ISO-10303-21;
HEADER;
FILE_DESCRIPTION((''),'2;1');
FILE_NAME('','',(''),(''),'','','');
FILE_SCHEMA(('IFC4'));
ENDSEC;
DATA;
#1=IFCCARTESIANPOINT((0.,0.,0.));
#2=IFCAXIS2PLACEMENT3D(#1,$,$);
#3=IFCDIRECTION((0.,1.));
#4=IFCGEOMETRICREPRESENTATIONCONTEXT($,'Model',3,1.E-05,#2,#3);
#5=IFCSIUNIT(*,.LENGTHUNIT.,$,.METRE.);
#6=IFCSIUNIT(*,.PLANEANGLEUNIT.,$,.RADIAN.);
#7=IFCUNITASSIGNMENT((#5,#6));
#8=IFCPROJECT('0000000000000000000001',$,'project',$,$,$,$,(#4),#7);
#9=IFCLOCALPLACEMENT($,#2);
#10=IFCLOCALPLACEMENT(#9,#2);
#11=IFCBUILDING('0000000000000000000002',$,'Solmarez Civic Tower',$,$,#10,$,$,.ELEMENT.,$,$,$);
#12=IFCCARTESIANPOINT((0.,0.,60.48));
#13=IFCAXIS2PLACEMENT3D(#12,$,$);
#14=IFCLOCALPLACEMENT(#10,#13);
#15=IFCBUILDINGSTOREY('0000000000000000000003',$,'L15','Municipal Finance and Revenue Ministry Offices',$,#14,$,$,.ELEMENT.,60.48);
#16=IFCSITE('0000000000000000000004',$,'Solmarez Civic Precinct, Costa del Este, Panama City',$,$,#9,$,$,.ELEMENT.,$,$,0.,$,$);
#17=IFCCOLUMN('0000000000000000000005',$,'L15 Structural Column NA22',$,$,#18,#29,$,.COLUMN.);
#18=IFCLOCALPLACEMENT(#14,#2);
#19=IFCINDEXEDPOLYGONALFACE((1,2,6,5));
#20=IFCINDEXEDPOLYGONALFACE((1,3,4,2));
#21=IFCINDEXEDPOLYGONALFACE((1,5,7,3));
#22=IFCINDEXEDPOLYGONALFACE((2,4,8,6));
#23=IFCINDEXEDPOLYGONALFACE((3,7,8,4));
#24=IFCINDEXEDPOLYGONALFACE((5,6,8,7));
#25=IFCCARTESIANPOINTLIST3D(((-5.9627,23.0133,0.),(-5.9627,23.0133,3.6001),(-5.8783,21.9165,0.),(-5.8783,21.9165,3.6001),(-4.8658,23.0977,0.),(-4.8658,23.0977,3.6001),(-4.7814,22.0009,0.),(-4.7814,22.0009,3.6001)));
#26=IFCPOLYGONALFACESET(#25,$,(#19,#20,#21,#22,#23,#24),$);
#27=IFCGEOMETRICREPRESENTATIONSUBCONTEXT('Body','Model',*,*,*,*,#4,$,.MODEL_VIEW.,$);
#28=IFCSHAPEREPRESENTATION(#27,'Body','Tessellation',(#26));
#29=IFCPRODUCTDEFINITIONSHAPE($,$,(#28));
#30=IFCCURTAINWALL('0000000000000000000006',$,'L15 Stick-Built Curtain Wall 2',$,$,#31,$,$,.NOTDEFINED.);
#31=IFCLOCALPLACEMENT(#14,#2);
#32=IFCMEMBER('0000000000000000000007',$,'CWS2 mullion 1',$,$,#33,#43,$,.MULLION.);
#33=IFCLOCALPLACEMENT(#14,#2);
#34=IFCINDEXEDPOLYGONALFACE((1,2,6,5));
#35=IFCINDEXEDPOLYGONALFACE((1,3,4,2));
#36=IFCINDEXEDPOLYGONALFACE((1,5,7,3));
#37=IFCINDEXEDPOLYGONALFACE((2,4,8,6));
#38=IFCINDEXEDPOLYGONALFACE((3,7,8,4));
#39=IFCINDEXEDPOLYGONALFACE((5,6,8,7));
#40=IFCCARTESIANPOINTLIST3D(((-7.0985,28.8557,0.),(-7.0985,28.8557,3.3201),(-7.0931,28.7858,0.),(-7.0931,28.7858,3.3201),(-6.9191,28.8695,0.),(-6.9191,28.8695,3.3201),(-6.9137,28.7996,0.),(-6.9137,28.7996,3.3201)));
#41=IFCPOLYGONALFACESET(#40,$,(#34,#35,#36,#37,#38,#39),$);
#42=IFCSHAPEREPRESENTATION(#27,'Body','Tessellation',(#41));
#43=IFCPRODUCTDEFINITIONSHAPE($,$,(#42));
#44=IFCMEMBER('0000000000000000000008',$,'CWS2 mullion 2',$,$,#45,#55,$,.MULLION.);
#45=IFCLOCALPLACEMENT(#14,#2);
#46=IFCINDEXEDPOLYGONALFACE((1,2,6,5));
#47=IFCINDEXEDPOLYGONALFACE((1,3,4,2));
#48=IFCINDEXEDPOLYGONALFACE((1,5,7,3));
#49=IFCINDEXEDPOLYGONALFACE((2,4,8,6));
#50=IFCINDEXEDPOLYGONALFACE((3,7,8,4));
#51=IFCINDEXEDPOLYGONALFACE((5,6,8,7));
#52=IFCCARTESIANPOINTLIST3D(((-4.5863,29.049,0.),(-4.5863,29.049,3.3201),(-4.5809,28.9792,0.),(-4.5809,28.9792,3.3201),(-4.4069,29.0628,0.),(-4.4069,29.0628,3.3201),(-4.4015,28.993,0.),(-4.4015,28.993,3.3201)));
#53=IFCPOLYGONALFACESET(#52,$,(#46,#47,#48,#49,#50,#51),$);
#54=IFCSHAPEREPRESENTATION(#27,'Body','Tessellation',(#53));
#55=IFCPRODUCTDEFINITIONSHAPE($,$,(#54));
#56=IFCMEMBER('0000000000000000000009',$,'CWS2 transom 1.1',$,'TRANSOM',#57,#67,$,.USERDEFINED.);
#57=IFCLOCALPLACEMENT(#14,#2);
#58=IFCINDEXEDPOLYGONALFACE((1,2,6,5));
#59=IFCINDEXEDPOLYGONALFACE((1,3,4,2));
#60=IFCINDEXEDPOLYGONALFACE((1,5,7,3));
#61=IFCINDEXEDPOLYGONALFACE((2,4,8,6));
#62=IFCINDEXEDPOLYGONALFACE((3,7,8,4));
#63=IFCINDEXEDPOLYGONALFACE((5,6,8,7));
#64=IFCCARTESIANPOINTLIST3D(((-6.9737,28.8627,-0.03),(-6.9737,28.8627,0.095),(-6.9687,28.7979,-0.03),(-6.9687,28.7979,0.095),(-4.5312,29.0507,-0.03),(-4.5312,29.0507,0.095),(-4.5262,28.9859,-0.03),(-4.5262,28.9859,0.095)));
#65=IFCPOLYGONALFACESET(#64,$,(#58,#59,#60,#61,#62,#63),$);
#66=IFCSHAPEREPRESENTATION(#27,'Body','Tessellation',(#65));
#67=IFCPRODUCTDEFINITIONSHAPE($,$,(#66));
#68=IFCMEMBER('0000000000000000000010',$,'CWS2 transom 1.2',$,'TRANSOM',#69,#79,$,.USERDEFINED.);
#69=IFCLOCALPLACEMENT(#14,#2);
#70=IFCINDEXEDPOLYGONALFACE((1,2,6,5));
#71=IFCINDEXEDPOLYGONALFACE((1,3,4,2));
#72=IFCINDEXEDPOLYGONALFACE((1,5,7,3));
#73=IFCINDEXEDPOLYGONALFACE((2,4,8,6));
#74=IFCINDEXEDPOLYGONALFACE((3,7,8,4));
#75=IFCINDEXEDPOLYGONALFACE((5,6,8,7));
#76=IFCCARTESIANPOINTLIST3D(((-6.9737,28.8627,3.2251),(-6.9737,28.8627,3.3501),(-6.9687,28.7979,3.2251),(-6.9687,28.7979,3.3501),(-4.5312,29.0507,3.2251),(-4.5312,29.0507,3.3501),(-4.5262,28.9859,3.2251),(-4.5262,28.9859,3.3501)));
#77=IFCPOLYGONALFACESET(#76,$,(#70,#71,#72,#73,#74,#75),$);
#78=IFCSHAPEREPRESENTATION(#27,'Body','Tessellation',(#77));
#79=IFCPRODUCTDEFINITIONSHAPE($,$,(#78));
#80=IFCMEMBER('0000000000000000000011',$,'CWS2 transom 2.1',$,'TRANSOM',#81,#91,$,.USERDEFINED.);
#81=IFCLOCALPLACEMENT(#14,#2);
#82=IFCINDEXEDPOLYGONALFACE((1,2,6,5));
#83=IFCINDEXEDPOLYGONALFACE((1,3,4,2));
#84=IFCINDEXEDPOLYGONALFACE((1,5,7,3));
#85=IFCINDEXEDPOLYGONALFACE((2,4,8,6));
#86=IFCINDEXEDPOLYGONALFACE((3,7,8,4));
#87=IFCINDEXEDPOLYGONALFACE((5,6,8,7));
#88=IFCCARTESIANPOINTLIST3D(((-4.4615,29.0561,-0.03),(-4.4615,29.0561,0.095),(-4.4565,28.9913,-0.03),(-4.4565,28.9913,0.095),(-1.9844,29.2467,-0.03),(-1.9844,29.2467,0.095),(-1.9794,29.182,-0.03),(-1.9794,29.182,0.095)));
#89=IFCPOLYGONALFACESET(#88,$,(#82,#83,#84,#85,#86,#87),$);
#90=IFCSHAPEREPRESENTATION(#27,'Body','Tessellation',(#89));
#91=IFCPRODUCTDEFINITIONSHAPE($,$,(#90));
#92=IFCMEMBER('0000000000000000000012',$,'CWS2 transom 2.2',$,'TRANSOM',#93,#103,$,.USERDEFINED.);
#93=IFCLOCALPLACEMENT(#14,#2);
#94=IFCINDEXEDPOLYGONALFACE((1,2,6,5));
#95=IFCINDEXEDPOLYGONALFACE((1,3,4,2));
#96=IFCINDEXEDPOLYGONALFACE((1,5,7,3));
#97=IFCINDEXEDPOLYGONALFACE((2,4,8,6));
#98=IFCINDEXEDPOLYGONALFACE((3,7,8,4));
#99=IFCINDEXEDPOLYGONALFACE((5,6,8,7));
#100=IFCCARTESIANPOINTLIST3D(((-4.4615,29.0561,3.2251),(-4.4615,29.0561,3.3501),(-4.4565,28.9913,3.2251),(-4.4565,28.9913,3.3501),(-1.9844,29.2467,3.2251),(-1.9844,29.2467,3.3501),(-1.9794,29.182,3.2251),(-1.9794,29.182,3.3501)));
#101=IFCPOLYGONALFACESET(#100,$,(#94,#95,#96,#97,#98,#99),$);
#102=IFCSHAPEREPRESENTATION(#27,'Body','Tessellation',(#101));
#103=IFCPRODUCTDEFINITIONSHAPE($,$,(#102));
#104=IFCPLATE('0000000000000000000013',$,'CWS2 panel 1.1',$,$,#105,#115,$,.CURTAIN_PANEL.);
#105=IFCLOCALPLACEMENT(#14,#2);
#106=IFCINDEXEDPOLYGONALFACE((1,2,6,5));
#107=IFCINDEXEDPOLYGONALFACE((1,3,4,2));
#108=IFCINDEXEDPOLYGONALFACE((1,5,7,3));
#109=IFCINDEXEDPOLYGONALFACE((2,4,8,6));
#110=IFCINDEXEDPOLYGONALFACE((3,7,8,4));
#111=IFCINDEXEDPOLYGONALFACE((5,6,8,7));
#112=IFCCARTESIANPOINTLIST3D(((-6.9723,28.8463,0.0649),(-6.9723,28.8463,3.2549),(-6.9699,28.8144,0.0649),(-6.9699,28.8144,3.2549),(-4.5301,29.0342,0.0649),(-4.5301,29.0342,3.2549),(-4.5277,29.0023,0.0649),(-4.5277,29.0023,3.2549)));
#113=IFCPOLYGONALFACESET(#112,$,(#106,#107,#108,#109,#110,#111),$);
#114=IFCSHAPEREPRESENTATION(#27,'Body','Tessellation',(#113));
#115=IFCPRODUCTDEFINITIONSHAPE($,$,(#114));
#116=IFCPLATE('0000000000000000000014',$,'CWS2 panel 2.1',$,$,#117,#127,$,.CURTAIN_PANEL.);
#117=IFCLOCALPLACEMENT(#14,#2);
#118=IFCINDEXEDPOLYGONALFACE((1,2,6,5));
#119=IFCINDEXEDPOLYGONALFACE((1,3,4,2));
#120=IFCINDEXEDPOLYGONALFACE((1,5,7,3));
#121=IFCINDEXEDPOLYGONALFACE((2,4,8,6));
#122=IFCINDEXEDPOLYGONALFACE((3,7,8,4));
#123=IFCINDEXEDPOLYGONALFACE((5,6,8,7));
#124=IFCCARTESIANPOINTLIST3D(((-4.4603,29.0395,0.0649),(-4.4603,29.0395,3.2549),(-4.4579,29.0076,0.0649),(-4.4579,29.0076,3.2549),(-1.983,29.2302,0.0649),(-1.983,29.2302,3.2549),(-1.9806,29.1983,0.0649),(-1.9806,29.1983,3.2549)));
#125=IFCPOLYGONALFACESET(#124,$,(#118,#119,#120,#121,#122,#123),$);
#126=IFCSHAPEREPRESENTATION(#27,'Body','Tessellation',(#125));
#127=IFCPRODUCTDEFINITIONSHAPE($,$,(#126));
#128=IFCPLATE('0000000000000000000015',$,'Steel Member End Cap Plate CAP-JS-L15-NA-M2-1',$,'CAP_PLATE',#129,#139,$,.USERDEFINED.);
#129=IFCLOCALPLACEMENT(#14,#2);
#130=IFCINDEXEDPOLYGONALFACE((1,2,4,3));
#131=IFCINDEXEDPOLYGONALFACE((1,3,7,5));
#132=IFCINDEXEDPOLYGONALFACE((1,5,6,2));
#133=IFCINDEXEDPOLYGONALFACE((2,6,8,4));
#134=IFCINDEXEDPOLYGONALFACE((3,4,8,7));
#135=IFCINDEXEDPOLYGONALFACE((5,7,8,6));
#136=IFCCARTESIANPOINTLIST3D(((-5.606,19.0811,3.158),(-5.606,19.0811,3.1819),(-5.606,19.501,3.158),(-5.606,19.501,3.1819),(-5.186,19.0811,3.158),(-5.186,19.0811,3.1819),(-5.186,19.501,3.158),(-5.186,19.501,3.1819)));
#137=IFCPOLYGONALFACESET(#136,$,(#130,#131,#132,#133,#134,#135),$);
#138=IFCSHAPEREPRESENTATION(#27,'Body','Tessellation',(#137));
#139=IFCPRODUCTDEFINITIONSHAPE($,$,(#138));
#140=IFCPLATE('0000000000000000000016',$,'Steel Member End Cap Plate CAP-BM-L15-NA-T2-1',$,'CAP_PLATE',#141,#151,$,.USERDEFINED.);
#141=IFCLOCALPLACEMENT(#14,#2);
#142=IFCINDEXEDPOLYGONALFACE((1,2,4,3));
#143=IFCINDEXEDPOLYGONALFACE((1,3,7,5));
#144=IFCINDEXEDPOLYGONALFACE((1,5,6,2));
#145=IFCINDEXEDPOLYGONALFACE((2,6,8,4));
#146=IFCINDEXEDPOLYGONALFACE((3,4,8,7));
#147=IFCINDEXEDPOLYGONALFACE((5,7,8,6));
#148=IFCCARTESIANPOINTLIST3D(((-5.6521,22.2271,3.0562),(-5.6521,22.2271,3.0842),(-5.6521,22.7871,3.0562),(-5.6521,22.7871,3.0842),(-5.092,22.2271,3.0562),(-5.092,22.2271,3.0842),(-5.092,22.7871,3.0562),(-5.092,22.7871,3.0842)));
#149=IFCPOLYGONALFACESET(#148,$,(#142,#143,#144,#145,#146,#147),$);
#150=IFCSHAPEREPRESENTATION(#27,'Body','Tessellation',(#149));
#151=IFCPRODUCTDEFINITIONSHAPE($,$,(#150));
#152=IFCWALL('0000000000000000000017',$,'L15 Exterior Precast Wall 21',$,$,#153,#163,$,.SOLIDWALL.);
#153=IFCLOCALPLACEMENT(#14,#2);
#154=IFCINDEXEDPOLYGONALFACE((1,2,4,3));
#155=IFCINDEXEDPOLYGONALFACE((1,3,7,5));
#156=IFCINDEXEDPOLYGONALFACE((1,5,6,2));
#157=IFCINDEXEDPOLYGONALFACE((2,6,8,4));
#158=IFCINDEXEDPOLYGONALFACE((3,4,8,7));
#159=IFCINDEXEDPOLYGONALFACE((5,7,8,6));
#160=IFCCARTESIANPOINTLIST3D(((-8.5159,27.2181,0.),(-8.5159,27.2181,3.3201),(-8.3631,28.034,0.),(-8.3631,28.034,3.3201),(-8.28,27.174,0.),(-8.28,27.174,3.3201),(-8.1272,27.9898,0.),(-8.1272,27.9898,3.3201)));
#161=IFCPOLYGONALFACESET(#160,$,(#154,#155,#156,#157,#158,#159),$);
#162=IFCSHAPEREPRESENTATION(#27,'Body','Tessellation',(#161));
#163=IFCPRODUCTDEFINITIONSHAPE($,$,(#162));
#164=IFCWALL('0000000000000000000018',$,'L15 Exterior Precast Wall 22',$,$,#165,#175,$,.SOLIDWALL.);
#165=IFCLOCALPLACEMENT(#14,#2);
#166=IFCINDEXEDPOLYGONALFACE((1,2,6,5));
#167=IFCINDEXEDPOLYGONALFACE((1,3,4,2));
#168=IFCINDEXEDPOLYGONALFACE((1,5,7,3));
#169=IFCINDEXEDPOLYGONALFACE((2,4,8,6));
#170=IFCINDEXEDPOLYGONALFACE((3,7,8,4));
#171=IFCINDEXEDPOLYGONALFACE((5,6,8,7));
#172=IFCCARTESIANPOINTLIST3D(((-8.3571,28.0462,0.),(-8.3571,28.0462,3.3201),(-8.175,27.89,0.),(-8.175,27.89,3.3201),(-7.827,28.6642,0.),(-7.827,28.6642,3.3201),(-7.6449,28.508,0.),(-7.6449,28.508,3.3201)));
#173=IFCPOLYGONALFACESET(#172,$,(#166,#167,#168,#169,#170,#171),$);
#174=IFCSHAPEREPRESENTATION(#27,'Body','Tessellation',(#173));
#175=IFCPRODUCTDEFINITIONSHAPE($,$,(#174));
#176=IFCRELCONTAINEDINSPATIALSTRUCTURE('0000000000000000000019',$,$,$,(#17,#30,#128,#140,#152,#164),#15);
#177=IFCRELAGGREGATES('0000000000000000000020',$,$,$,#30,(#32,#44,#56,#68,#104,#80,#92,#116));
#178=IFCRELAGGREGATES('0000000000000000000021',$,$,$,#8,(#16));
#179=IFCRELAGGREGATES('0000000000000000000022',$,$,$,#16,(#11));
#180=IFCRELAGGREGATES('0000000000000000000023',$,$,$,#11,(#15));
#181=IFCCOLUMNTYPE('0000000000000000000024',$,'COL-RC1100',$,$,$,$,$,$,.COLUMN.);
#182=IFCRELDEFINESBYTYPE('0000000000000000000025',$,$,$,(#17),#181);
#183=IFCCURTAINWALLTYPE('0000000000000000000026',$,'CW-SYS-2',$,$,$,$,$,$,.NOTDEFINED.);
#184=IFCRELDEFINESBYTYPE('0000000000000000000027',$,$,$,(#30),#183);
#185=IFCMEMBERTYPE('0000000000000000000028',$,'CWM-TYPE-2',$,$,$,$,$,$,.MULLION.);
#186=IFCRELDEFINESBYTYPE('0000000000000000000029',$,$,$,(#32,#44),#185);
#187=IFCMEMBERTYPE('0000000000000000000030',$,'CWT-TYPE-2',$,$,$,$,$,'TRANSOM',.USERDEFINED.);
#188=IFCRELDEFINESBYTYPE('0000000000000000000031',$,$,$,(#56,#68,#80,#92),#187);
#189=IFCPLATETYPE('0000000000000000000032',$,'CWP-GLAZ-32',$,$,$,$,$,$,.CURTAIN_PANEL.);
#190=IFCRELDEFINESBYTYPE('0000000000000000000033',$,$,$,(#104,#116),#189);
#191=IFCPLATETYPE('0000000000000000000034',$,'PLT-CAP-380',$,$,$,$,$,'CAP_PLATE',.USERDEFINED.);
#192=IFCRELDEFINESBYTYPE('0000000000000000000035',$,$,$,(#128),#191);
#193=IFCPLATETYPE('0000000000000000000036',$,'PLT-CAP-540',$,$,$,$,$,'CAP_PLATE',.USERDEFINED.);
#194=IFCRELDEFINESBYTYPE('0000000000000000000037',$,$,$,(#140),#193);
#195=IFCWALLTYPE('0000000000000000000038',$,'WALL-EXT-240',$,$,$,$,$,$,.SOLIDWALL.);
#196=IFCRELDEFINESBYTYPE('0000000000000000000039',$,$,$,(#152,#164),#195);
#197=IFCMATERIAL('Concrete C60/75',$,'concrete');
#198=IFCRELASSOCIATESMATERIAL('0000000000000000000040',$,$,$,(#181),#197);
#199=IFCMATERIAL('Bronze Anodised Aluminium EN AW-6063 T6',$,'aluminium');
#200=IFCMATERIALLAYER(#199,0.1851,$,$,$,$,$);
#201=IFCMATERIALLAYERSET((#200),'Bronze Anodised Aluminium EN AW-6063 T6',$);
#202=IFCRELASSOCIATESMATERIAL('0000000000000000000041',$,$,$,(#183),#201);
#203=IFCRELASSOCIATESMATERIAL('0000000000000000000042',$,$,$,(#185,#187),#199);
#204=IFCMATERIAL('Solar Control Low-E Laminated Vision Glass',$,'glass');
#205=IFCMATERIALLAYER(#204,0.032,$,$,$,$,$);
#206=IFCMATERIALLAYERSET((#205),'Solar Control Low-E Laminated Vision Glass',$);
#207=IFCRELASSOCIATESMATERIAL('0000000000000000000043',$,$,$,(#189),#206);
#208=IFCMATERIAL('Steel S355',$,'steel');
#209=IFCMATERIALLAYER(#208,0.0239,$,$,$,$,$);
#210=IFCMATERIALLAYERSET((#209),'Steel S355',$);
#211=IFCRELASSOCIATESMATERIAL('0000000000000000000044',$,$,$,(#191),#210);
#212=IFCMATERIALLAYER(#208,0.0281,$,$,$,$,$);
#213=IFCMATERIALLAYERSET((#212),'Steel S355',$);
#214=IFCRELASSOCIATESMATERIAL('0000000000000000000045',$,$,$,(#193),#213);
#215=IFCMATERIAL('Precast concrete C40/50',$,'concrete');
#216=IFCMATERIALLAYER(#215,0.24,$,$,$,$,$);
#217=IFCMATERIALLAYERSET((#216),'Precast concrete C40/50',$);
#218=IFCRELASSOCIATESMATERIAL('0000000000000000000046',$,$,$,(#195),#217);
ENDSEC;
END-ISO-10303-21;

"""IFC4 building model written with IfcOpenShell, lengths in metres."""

from ifc_helpers import new_model, si_unit, direction, frame, frame_2d, origin, origin_2d, place, context, subcontext, project, spatial, rectangle, extrude, material, layer, layer_set, material_profile, profile_set, type_object, element, aggregate, save


model = new_model("IFC4")

# Units and contexts
model_context = context("Model", 3, precision=1e-05, world=origin(), true_north=direction((0.0, 1.0)))
body_context = subcontext(model_context, "Body", "Model", "MODEL_VIEW")
ifc_project = project(units=[si_unit("LENGTHUNIT", "METRE"), si_unit("PLANEANGLEUNIT", "RADIAN")], contexts=[model_context])

# Site, building, storey
site_placement = place(None, origin())
site = spatial("IfcSite", under=ifc_project, at=site_placement, Name="Solmarez Civic Precinct, Costa del Este, Panama City", CompositionType="ELEMENT", RefElevation=0.0)
building_placement = place(site_placement, origin())
building = spatial("IfcBuilding", under=site, at=building_placement, Name="Solmarez Civic Tower", CompositionType="ELEMENT")
storey_placement = place(building_placement, frame((0.0, 0.0, 60.48)))
storey = spatial("IfcBuildingStorey", under=building, at=storey_placement, Name="L15", Description="Municipal Finance and Revenue Ministry Offices", CompositionType="ELEMENT", Elevation=60.48)

# Column
ifc_material_1 = material(Name="Concrete C60/75", Category="concrete")
ifc_material_profile_1 = material_profile(ifc_material_1, rectangle(XDim=1.1001, YDim=1.1001, at=origin_2d()), Name="RC1100X1100")
ifc_profile_set_1 = profile_set([ifc_material_profile_1], Name="Concrete C60/75")
column_type = type_object("IfcColumnType", Name="COL-RC1100", PredefinedType="COLUMN", material=ifc_profile_set_1)
column_placement = place(storey_placement, frame((-5.3721, 22.5071, 0.0), z_axis=(0.0, 0.0, 1.0), x_axis=(0.997053, 0.076719, 0.0)))
element("IfcColumn", 1, at=column_placement, inside=storey, type_object=column_type, Name="L15 Structural Column NA22", PredefinedType="COLUMN", context=body_context, shape_type="SweptSolid", body=[
    extrude(rectangle(XDim=1.1001, YDim=1.1001, at=origin_2d()), origin(), (0.0, 0.0, 1.0), 3.6001),
])

# Curtain wall, members, plates
ifc_material_2 = material(Name="Bronze Anodised Aluminium EN AW-6063 T6", Category="aluminium")
ifc_layer_1 = layer(ifc_material_2, 0.1851)
ifc_layer_set_1 = layer_set([ifc_layer_1], Name="Bronze Anodised Aluminium EN AW-6063 T6")
curtain_wall_type = type_object("IfcCurtainWallType", Name="CW-SYS-2", PredefinedType="NOTDEFINED", material=ifc_layer_set_1)
curtain_wall_placement = place(storey_placement, origin())
curtain_wall = element("IfcCurtainWall", 2, at=curtain_wall_placement, inside=storey, type_object=curtain_wall_type, Name="L15 Stick-Built Curtain Wall 2", PredefinedType="NOTDEFINED")
ifc_material_profile_2 = material_profile(ifc_material_2, rectangle(XDim=0.0701, YDim=0.1799, at=origin_2d()), Name="CWM-70X180")
ifc_profile_set_2 = profile_set([ifc_material_profile_2], Name="Bronze Anodised Aluminium EN AW-6063 T6")
member_type_1 = type_object("IfcMemberType", Name="CWM-TYPE-2", PredefinedType="MULLION", material=ifc_profile_set_2)
member_1_placement = place(storey_placement, frame((-7.0061, 28.8276, 0.0), z_axis=(0.0, 0.0, 1.0), x_axis=(-0.076726, 0.997052, 0.0)))
member_1 = element("IfcMember", 3, at=member_1_placement, type_object=member_type_1, Name="CWS2 mullion 1", PredefinedType="MULLION", context=body_context, shape_type="SweptSolid", body=[
    extrude(rectangle(XDim=0.0701, YDim=0.1799, at=origin_2d()), origin(), (0.0, 0.0, 1.0), 3.3201),
])
member_2_placement = place(storey_placement, frame((-4.4939, 29.021, 0.0), z_axis=(0.0, 0.0, 1.0), x_axis=(-0.076726, 0.997052, 0.0)))
member_2 = element("IfcMember", 4, at=member_2_placement, type_object=member_type_1, Name="CWS2 mullion 2", PredefinedType="MULLION", context=body_context, shape_type="SweptSolid", body=[
    extrude(rectangle(XDim=0.0701, YDim=0.1799, at=origin_2d()), origin(), (0.0, 0.0, 1.0), 3.3201),
])
ifc_material_profile_3 = material_profile(ifc_material_2, rectangle(XDim=0.0649, YDim=0.125, at=origin_2d()), Name="CWT-65X125")
ifc_profile_set_3 = profile_set([ifc_material_profile_3], Name="Bronze Anodised Aluminium EN AW-6063 T6")
member_type_2 = type_object("IfcMemberType", Name="CWT-TYPE-2", ElementType="TRANSOM", PredefinedType="USERDEFINED", material=ifc_profile_set_3)
member_3_placement = place(storey_placement, frame((-6.9712, 28.8303, 0.0325), z_axis=(0.997051, 0.076742, 0.0), x_axis=(-0.076742, 0.997051, 0.0)))
member_3 = element("IfcMember", 5, at=member_3_placement, type_object=member_type_2, Name="CWS2 transom 1.1", ObjectType="TRANSOM", PredefinedType="USERDEFINED", context=body_context, shape_type="SweptSolid", body=[
    extrude(rectangle(XDim=0.0649, YDim=0.125, at=origin_2d()), origin(), (0.0, 0.0, 1.0), 2.4497),
])
member_4_placement = place(storey_placement, frame((-6.9712, 28.8303, 3.2876), z_axis=(0.997051, 0.076742, 0.0), x_axis=(-0.076742, 0.997051, 0.0)))
member_4 = element("IfcMember", 6, at=member_4_placement, type_object=member_type_2, Name="CWS2 transom 1.2", ObjectType="TRANSOM", PredefinedType="USERDEFINED", context=body_context, shape_type="SweptSolid", body=[
    extrude(rectangle(XDim=0.0649, YDim=0.125, at=origin_2d()), origin(), (0.0, 0.0, 1.0), 2.4497),
])
member_5_placement = place(storey_placement, frame((-4.459, 29.0237, 0.0325), z_axis=(0.99705, 0.076749, 0.0), x_axis=(-0.076749, 0.99705, 0.0)))
member_5 = element("IfcMember", 7, at=member_5_placement, type_object=member_type_2, Name="CWS2 transom 2.1", ObjectType="TRANSOM", PredefinedType="USERDEFINED", context=body_context, shape_type="SweptSolid", body=[
    extrude(rectangle(XDim=0.0649, YDim=0.125, at=origin_2d()), origin(), (0.0, 0.0, 1.0), 2.4844),
])
member_6_placement = place(storey_placement, frame((-4.459, 29.0237, 3.2876), z_axis=(0.99705, 0.076749, 0.0), x_axis=(-0.076749, 0.99705, 0.0)))
member_6 = element("IfcMember", 8, at=member_6_placement, type_object=member_type_2, Name="CWS2 transom 2.2", ObjectType="TRANSOM", PredefinedType="USERDEFINED", context=body_context, shape_type="SweptSolid", body=[
    extrude(rectangle(XDim=0.0649, YDim=0.125, at=origin_2d()), origin(), (0.0, 0.0, 1.0), 2.4844),
])
ifc_material_3 = material(Name="Solar Control Low-E Laminated Vision Glass", Category="glass")
ifc_layer_2 = layer(ifc_material_3, 0.032)
ifc_layer_set_2 = layer_set([ifc_layer_2], Name="Solar Control Low-E Laminated Vision Glass")
plate_type_1 = type_object("IfcPlateType", Name="CWP-GLAZ-32", PredefinedType="CURTAIN_PANEL", material=ifc_layer_set_2)
plate_1_placement = place(storey_placement, frame((-5.75, 28.9243, 0.0649), z_axis=(0.0, 0.0, 1.0), x_axis=(0.997052, 0.076726, 0.0)))
plate_1 = element("IfcPlate", 9, at=plate_1_placement, type_object=plate_type_1, Name="CWS2 panel 1.1", PredefinedType="CURTAIN_PANEL", context=body_context, shape_type="SweptSolid", body=[
    extrude(rectangle(XDim=2.4495, YDim=0.032, at=origin_2d()), origin(), (0.0, 0.0, 1.0), 3.1899),
])
plate_2_placement = place(storey_placement, frame((-3.2205, 29.1189, 0.0649), z_axis=(0.0, 0.0, 1.0), x_axis=(0.997052, 0.076726, 0.0)))
plate_2 = element("IfcPlate", 10, at=plate_2_placement, type_object=plate_type_1, Name="CWS2 panel 2.1", PredefinedType="CURTAIN_PANEL", context=body_context, shape_type="SweptSolid", body=[
    extrude(rectangle(XDim=2.4846, YDim=0.032, at=origin_2d()), origin(), (0.0, 0.0, 1.0), 3.1899),
])
aggregate(curtain_wall, [member_1, member_2, member_3, member_4, plate_1, member_5, member_6, plate_2])

# Plates
ifc_material_4 = material(Name="Steel S355", Category="steel")
ifc_layer_3 = layer(ifc_material_4, 0.0239)
ifc_layer_set_3 = layer_set([ifc_layer_3], Name="Steel S355")
plate_type_2 = type_object("IfcPlateType", Name="PLT-CAP-380", ElementType="CAP_PLATE", PredefinedType="USERDEFINED", material=ifc_layer_set_3)
plate_3_placement = place(storey_placement, frame((-5.396, 19.291, 3.158), z_axis=(0.0, 0.0, 1.0), x_axis=(1.0, 0.0, 0.0)))
element("IfcPlate", 11, at=plate_3_placement, inside=storey, type_object=plate_type_2, Name="Steel Member End Cap Plate CAP-JS-L15-NA-M2-1", ObjectType="CAP_PLATE", PredefinedType="USERDEFINED", context=body_context, shape_type="SweptSolid", body=[
    extrude(rectangle(XDim=0.4199, YDim=0.4199, at=origin_2d()), origin(), (0.0, 0.0, 1.0), 0.0239),
])
ifc_layer_4 = layer(ifc_material_4, 0.0281)
ifc_layer_set_4 = layer_set([ifc_layer_4], Name="Steel S355")
plate_type_3 = type_object("IfcPlateType", Name="PLT-CAP-540", ElementType="CAP_PLATE", PredefinedType="USERDEFINED", material=ifc_layer_set_4)
plate_4_placement = place(storey_placement, frame((-5.3721, 22.5071, 3.0562), z_axis=(0.0, 0.0, 1.0), x_axis=(1.0, 0.0, 0.0)))
element("IfcPlate", 12, at=plate_4_placement, inside=storey, type_object=plate_type_3, Name="Steel Member End Cap Plate CAP-BM-L15-NA-T2-1", ObjectType="CAP_PLATE", PredefinedType="USERDEFINED", context=body_context, shape_type="SweptSolid", body=[
    extrude(rectangle(XDim=0.5601, YDim=0.5601, at=origin_2d()), origin(), (0.0, 0.0, 1.0), 0.0281),
])

# Walls
ifc_material_5 = material(Name="Precast concrete C40/50", Category="concrete")
ifc_layer_5 = layer(ifc_material_5, 0.24)
ifc_layer_set_5 = layer_set([ifc_layer_5], Name="Precast concrete C40/50")
wall_type_1 = type_object("IfcWallType", Name="WALL-EXT-240", PredefinedType="SOLIDWALL", material=ifc_layer_set_5)
wall_1_placement = place(storey_placement, frame((-8.3979, 27.196, 0.0), z_axis=(0.0, 0.0, 1.0), x_axis=(0.184111, 0.982905, 0.0)))
element("IfcWall", 13, at=wall_1_placement, inside=storey, type_object=wall_type_1, Name="L15 Exterior Precast Wall 21", PredefinedType="SOLIDWALL", context=body_context, shape_type="SweptSolid", body=[
    extrude(rectangle(XDim=0.8301, YDim=0.24, at=frame_2d((0.415, 0.0))), origin(), (0.0, 0.0, 1.0), 3.3201),
])
wall_2_placement = place(storey_placement, frame((-8.2661, 27.968, 0.0), z_axis=(0.0, 0.0, 1.0), x_axis=(0.651063, 0.759024, 0.0)))
element("IfcWall", 14, at=wall_2_placement, inside=storey, type_object=wall_type_1, Name="L15 Exterior Precast Wall 22", PredefinedType="SOLIDWALL", context=body_context, shape_type="SweptSolid", body=[
    extrude(rectangle(XDim=0.8142, YDim=0.24, at=frame_2d((0.4072, 0.0))), origin(), (0.0, 0.0, 1.0), 3.3201),
])

save(model, "model.ifc")
